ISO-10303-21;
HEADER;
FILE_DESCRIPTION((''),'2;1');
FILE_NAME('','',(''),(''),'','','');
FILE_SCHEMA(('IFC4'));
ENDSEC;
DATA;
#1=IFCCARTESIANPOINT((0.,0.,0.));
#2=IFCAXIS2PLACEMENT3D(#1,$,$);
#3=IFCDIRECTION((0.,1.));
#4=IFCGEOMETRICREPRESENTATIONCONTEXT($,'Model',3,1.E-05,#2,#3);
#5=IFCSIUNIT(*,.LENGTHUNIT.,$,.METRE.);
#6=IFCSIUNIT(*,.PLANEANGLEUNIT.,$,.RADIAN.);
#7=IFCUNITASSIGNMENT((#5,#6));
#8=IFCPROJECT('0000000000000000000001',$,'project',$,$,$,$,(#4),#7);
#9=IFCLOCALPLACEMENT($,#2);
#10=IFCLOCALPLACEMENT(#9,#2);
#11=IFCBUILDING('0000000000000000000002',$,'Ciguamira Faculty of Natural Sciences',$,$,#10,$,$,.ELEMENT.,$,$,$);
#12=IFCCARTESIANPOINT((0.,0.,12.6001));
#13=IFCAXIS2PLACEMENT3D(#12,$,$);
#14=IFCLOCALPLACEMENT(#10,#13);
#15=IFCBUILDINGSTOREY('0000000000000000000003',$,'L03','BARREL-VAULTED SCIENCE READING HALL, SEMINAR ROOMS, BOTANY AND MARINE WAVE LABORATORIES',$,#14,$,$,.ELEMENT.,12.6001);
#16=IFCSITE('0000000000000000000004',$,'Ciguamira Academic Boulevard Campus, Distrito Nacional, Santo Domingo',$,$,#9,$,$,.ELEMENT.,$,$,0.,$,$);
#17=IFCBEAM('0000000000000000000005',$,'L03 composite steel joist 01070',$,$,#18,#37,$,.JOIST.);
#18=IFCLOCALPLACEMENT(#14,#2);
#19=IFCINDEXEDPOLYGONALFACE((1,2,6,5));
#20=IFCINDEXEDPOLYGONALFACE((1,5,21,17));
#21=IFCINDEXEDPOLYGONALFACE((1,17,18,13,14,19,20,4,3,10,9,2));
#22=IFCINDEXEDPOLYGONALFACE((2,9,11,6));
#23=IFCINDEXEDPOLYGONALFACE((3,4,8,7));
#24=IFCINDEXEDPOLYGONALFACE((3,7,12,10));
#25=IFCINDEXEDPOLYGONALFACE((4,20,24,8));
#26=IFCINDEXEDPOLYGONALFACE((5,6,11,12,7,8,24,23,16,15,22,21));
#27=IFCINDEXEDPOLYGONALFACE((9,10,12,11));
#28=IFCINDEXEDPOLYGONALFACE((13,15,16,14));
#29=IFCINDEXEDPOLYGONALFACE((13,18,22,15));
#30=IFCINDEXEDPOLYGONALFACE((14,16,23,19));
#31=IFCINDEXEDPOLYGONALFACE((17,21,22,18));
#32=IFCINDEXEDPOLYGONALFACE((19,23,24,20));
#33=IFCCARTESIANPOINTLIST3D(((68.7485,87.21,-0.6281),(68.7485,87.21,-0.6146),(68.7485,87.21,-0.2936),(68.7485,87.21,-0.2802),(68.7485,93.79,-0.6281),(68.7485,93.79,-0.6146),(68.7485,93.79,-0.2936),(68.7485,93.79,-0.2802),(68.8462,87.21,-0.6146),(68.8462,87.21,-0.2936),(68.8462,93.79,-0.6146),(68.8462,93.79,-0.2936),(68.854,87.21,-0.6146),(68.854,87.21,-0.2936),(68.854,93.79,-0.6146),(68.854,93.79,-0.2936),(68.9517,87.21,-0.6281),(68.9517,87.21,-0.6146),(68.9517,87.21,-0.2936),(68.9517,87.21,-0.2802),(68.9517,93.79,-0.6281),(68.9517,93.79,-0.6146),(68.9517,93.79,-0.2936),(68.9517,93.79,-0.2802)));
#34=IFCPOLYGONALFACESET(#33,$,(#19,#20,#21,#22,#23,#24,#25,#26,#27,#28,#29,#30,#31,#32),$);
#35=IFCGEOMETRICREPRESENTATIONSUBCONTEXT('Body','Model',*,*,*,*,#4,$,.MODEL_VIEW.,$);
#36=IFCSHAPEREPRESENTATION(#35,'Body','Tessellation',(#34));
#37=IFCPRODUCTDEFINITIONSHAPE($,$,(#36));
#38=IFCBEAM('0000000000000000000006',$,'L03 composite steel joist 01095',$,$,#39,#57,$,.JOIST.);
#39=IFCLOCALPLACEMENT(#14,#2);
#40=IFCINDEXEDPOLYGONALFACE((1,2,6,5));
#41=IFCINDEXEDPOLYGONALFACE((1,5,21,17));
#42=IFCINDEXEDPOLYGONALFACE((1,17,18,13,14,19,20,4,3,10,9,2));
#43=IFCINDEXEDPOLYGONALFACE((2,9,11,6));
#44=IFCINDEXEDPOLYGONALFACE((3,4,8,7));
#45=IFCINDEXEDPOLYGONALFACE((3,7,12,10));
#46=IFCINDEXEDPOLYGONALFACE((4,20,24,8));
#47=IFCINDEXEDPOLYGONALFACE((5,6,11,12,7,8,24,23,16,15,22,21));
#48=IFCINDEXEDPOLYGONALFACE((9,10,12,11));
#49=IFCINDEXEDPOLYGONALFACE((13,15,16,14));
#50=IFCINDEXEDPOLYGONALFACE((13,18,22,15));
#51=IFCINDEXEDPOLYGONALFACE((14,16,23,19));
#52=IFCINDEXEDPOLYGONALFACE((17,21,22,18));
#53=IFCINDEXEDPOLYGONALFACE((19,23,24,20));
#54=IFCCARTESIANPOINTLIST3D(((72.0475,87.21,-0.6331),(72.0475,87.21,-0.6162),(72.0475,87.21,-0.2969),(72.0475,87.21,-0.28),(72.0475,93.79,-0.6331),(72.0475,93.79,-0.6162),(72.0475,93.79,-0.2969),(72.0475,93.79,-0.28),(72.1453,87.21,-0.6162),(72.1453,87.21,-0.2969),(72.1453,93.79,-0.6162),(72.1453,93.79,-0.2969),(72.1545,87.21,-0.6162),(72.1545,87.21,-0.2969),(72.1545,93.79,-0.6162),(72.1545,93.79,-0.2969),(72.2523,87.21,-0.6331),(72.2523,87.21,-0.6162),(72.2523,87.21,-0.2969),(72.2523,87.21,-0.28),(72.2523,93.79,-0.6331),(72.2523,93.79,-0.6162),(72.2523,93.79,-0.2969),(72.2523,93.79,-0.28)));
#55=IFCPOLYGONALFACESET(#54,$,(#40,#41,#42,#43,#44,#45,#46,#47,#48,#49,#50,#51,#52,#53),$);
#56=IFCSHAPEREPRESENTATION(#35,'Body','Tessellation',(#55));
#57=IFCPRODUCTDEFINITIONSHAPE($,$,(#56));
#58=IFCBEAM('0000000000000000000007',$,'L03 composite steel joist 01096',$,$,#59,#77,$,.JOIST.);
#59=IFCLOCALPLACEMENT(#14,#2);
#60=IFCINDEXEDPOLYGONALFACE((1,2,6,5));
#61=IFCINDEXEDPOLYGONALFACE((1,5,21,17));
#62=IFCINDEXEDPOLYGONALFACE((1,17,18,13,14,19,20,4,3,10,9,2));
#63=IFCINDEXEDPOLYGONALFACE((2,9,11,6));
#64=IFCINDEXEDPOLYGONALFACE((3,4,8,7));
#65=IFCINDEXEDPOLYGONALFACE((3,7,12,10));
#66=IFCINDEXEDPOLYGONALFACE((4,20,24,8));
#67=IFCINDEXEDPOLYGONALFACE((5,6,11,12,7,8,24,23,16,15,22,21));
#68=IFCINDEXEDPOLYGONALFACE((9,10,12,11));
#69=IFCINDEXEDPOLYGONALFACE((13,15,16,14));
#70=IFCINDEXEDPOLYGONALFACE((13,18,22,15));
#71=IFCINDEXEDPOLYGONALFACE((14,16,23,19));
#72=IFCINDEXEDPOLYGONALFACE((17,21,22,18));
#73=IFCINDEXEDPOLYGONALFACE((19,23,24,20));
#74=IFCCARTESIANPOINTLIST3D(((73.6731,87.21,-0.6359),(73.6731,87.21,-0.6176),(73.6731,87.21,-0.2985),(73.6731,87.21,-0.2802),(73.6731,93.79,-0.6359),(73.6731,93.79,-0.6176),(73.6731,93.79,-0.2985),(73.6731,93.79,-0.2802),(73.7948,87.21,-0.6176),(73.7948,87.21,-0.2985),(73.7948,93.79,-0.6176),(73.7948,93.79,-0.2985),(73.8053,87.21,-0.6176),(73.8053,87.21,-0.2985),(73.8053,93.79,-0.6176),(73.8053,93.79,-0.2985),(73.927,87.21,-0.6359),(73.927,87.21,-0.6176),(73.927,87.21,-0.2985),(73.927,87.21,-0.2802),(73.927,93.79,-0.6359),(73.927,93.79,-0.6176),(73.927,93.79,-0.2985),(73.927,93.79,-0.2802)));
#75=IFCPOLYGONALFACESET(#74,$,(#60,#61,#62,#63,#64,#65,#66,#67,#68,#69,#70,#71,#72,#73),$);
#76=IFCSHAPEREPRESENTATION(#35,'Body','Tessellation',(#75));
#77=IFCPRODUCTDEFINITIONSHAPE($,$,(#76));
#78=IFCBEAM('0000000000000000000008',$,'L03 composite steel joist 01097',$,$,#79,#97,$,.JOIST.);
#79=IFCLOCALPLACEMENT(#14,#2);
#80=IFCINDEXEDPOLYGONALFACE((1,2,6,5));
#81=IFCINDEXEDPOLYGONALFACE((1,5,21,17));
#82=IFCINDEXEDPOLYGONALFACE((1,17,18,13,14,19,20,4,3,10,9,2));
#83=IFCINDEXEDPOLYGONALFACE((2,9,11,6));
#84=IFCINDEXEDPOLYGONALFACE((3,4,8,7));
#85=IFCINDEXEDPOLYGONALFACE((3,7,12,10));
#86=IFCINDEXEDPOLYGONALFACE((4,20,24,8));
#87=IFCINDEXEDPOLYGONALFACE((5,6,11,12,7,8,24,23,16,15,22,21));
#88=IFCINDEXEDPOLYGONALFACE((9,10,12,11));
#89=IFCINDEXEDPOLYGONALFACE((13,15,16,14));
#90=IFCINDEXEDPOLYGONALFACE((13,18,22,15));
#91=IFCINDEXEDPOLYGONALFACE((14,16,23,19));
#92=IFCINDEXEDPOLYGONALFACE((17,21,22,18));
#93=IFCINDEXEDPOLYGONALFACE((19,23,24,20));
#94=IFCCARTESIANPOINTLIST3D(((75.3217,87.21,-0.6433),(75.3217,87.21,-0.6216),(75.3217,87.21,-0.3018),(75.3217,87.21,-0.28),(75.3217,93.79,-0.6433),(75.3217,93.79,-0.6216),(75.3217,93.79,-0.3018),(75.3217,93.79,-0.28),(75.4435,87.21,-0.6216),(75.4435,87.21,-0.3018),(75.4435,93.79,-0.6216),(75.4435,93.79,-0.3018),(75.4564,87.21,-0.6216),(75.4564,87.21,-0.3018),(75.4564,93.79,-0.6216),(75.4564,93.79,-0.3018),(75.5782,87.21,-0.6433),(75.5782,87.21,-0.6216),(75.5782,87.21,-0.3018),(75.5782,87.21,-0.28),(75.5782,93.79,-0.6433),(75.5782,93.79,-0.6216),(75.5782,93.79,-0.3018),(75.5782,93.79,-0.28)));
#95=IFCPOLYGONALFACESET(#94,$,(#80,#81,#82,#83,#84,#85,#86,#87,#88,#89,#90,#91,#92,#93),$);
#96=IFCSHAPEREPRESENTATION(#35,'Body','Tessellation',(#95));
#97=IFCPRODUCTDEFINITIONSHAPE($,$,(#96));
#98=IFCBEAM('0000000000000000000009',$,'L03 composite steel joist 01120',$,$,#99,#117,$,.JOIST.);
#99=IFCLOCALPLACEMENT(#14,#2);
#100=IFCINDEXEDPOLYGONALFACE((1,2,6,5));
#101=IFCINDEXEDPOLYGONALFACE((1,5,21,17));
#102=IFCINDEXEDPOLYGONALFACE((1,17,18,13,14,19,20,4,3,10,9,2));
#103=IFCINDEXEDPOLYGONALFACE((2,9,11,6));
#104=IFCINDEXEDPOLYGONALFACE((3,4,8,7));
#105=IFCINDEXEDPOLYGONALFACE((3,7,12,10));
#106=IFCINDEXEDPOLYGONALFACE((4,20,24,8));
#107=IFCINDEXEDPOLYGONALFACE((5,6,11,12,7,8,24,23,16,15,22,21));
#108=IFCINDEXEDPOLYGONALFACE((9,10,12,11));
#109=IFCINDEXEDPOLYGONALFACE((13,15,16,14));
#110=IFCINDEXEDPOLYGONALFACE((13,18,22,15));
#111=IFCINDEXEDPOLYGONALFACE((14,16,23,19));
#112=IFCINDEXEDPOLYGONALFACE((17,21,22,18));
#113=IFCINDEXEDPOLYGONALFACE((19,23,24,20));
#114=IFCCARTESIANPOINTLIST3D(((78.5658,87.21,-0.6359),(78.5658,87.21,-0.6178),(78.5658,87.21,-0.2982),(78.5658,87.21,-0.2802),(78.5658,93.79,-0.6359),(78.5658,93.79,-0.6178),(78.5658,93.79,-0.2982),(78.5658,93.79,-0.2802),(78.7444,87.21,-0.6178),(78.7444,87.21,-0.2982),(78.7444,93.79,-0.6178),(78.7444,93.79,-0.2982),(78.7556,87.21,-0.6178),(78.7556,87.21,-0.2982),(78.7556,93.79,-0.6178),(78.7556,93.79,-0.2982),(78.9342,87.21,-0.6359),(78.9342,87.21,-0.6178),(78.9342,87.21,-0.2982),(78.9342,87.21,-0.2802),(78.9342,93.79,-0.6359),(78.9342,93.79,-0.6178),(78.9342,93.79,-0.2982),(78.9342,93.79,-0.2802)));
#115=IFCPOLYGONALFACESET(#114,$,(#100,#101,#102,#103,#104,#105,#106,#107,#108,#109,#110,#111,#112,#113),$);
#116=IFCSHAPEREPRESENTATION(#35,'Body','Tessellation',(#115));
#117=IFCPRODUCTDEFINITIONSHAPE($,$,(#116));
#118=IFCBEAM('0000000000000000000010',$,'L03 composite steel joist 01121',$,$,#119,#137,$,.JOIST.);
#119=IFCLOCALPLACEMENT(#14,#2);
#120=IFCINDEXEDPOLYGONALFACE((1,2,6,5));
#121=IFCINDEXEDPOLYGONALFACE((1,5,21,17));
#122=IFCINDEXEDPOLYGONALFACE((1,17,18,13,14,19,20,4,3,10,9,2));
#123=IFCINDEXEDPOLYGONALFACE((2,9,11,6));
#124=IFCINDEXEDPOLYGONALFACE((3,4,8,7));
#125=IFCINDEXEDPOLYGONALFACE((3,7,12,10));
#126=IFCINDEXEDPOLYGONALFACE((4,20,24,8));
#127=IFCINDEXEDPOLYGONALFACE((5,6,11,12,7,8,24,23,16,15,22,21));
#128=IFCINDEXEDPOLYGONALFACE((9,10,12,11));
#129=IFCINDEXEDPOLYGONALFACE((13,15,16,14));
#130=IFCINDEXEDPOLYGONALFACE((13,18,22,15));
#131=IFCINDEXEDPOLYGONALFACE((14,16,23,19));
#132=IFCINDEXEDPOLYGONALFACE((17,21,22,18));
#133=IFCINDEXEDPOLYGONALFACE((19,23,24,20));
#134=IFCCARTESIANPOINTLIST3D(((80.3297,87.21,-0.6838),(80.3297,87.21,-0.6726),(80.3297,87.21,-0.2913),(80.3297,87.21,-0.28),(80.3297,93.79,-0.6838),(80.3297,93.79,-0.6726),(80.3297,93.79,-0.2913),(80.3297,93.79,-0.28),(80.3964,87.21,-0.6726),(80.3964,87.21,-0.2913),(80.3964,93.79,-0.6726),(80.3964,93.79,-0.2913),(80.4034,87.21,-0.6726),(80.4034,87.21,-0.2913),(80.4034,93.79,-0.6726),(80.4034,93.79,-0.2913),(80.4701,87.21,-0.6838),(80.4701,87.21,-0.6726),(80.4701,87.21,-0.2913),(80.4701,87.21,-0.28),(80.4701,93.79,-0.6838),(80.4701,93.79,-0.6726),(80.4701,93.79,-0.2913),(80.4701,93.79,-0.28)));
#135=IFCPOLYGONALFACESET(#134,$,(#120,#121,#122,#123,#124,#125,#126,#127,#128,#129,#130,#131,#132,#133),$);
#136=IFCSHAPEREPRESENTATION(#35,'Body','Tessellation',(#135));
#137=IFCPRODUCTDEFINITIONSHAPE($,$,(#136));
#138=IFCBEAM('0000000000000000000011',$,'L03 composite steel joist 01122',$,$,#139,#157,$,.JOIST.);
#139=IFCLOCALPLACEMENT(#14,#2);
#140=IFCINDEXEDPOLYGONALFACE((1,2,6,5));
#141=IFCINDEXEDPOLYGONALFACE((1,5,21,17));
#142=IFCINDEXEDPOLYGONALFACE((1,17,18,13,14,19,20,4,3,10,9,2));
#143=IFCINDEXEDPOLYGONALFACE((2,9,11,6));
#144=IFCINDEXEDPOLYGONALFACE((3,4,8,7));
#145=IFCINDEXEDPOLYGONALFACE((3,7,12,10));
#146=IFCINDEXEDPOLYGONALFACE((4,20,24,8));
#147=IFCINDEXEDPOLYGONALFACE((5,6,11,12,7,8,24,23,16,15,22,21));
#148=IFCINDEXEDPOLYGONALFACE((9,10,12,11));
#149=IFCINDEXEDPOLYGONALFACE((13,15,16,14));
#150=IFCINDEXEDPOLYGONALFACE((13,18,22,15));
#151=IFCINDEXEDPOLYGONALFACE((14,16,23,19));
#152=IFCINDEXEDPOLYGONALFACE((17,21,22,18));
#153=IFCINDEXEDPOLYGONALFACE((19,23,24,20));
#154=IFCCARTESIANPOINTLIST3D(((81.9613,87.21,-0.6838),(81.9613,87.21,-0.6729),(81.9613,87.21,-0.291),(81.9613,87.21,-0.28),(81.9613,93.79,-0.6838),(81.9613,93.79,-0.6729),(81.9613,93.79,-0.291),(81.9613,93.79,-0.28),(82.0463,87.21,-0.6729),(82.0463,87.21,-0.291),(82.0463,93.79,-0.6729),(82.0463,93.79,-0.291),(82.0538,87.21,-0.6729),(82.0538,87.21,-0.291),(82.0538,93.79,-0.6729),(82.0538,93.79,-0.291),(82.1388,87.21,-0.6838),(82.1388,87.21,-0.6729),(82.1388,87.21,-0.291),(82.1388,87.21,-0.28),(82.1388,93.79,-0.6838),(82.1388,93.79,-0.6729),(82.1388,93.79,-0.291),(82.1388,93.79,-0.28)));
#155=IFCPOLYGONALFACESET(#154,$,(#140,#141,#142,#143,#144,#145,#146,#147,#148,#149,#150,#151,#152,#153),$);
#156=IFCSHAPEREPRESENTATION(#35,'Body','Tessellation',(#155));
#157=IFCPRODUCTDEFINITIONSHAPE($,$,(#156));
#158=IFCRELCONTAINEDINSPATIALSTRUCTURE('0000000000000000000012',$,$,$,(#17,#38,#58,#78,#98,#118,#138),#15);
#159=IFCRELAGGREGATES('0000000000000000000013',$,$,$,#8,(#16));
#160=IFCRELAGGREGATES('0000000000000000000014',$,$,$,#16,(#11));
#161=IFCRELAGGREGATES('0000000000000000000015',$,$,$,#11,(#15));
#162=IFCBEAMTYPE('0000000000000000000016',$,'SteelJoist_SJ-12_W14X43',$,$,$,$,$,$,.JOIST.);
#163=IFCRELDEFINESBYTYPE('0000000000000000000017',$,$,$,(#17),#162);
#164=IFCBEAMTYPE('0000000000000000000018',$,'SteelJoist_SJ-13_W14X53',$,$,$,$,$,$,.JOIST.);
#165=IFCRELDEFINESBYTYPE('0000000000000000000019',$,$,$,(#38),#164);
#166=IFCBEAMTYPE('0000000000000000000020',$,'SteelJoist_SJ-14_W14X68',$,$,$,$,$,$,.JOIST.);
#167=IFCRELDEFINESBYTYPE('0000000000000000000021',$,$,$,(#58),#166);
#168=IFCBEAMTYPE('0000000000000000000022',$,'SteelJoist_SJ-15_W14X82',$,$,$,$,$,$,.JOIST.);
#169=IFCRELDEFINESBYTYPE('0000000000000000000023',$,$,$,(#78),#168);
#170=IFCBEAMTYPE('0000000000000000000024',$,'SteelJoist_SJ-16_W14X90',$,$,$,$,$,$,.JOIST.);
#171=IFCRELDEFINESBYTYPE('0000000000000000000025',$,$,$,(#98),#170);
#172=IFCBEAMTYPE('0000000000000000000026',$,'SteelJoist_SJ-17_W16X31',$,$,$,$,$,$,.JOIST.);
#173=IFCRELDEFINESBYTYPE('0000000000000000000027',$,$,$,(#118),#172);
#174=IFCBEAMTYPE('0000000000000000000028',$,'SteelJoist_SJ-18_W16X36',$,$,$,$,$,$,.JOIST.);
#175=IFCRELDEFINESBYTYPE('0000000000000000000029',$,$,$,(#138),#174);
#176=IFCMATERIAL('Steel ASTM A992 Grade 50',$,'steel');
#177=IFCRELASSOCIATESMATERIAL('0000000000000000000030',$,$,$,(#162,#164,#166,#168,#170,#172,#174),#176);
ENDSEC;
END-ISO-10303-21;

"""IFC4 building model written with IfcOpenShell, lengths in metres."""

from ifc_helpers import new_model, si_unit, direction, frame, origin, origin_2d, place, context, subcontext, project, spatial, i_section, extrude, material, material_profile, profile_set, type_object, element, save


model = new_model("IFC4")

# Units and contexts
model_context = context("Model", 3, precision=1e-05, world=origin(), true_north=direction((0.0, 1.0)))
body_context = subcontext(model_context, "Body", "Model", "MODEL_VIEW")
ifc_project = project(units=[si_unit("LENGTHUNIT", "METRE"), si_unit("PLANEANGLEUNIT", "RADIAN")], contexts=[model_context])

# Site, building, storey
site_placement = place(None, origin())
site = spatial("IfcSite", under=ifc_project, at=site_placement, Name="Ciguamira Academic Boulevard Campus, Distrito Nacional, Santo Domingo", CompositionType="ELEMENT", RefElevation=0.0)
building_placement = place(site_placement, origin())
building = spatial("IfcBuilding", under=site, at=building_placement, Name="Ciguamira Faculty of Natural Sciences", CompositionType="ELEMENT")
storey_placement = place(building_placement, frame((0.0, 0.0, 12.6001)))
storey = spatial("IfcBuildingStorey", under=building, at=storey_placement, Name="L03", Description="BARREL-VAULTED SCIENCE READING HALL, SEMINAR ROOMS, BOTANY AND MARINE WAVE LABORATORIES", CompositionType="ELEMENT", Elevation=12.6001)

# Beams
ifc_material_1 = material(Name="Steel ASTM A992 Grade 50", Category="steel")
ifc_material_profile_1 = material_profile(ifc_material_1, i_section(OverallWidth=0.2031, OverallDepth=0.3479, WebThickness=0.0078, FlangeThickness=0.0134, at=origin_2d()), Name="W14X43")
ifc_profile_set_1 = profile_set([ifc_material_profile_1], Name="Steel ASTM A992 Grade 50")
beam_type_1 = type_object("IfcBeamType", Name="SteelJoist_SJ-12_W14X43", PredefinedType="JOIST", material=ifc_profile_set_1)
beam_1_placement = place(storey_placement, frame((68.8501, 87.21, -0.4541), z_axis=(0.0, 1.0, 0.0), x_axis=(-1.0, 0.0, 0.0)))
element("IfcBeam", 1, at=beam_1_placement, inside=storey, type_object=beam_type_1, Name="L03 composite steel joist 01070", PredefinedType="JOIST", context=body_context, shape_type="SweptSolid", body=[
    extrude(i_section(OverallWidth=0.2031, OverallDepth=0.3479, WebThickness=0.0078, FlangeThickness=0.0134, at=origin_2d()), origin(), (0.0, 0.0, 1.0), 6.5801),
])
ifc_material_profile_2 = material_profile(ifc_material_1, i_section(OverallWidth=0.2048, OverallDepth=0.353, WebThickness=0.0093, FlangeThickness=0.0168, at=origin_2d()), Name="W14X53")
ifc_profile_set_2 = profile_set([ifc_material_profile_2], Name="Steel ASTM A992 Grade 50")
beam_type_2 = type_object("IfcBeamType", Name="SteelJoist_SJ-13_W14X53", PredefinedType="JOIST", material=ifc_profile_set_2)
beam_2_placement = place(storey_placement, frame((72.1499, 87.21, -0.4565), z_axis=(0.0, 1.0, 0.0), x_axis=(-1.0, 0.0, 0.0)))
element("IfcBeam", 2, at=beam_2_placement, inside=storey, type_object=beam_type_2, Name="L03 composite steel joist 01095", PredefinedType="JOIST", context=body_context, shape_type="SweptSolid", body=[
    extrude(i_section(OverallWidth=0.2048, OverallDepth=0.353, WebThickness=0.0093, FlangeThickness=0.0168, at=origin_2d()), origin(), (0.0, 0.0, 1.0), 6.5801),
])
ifc_material_profile_3 = material_profile(ifc_material_1, i_section(OverallWidth=0.2539, OverallDepth=0.3557, WebThickness=0.0105, FlangeThickness=0.0183, at=origin_2d()), Name="W14X68")
ifc_profile_set_3 = profile_set([ifc_material_profile_3], Name="Steel ASTM A992 Grade 50")
beam_type_3 = type_object("IfcBeamType", Name="SteelJoist_SJ-14_W14X68", PredefinedType="JOIST", material=ifc_profile_set_3)
beam_3_placement = place(storey_placement, frame((73.8, 87.21, -0.458), z_axis=(0.0, 1.0, 0.0), x_axis=(-1.0, 0.0, 0.0)))
element("IfcBeam", 3, at=beam_3_placement, inside=storey, type_object=beam_type_3, Name="L03 composite steel joist 01096", PredefinedType="JOIST", context=body_context, shape_type="SweptSolid", body=[
    extrude(i_section(OverallWidth=0.2539, OverallDepth=0.3557, WebThickness=0.0105, FlangeThickness=0.0183, at=origin_2d()), origin(), (0.0, 0.0, 1.0), 6.5801),
])
ifc_material_profile_4 = material_profile(ifc_material_1, i_section(OverallWidth=0.2566, OverallDepth=0.3633, WebThickness=0.0129, FlangeThickness=0.0217, at=origin_2d()), Name="W14X82")
ifc_profile_set_4 = profile_set([ifc_material_profile_4], Name="Steel ASTM A992 Grade 50")
beam_type_4 = type_object("IfcBeamType", Name="SteelJoist_SJ-15_W14X82", PredefinedType="JOIST", material=ifc_profile_set_4)
beam_4_placement = place(storey_placement, frame((75.45, 87.21, -0.4617), z_axis=(0.0, 1.0, 0.0), x_axis=(-1.0, 0.0, 0.0)))
element("IfcBeam", 4, at=beam_4_placement, inside=storey, type_object=beam_type_4, Name="L03 composite steel joist 01097", PredefinedType="JOIST", context=body_context, shape_type="SweptSolid", body=[
    extrude(i_section(OverallWidth=0.2566, OverallDepth=0.3633, WebThickness=0.0129, FlangeThickness=0.0217, at=origin_2d()), origin(), (0.0, 0.0, 1.0), 6.5801),
])
ifc_material_profile_5 = material_profile(ifc_material_1, i_section(OverallWidth=0.3684, OverallDepth=0.3557, WebThickness=0.0112, FlangeThickness=0.0181, at=origin_2d()), Name="W14X90")
ifc_profile_set_5 = profile_set([ifc_material_profile_5], Name="Steel ASTM A992 Grade 50")
beam_type_5 = type_object("IfcBeamType", Name="SteelJoist_SJ-16_W14X90", PredefinedType="JOIST", material=ifc_profile_set_5)
beam_5_placement = place(storey_placement, frame((78.75, 87.21, -0.458), z_axis=(0.0, 1.0, 0.0), x_axis=(-1.0, 0.0, 0.0)))
element("IfcBeam", 5, at=beam_5_placement, inside=storey, type_object=beam_type_5, Name="L03 composite steel joist 01120", PredefinedType="JOIST", context=body_context, shape_type="SweptSolid", body=[
    extrude(i_section(OverallWidth=0.3684, OverallDepth=0.3557, WebThickness=0.0112, FlangeThickness=0.0181, at=origin_2d()), origin(), (0.0, 0.0, 1.0), 6.5801),
])
ifc_material_profile_6 = material_profile(ifc_material_1, i_section(OverallWidth=0.1404, OverallDepth=0.4038, WebThickness=0.0071, FlangeThickness=0.0112, at=origin_2d()), Name="W16X31")
ifc_profile_set_6 = profile_set([ifc_material_profile_6], Name="Steel ASTM A992 Grade 50")
beam_type_6 = type_object("IfcBeamType", Name="SteelJoist_SJ-17_W16X31", PredefinedType="JOIST", material=ifc_profile_set_6)
beam_6_placement = place(storey_placement, frame((80.3999, 87.21, -0.4819), z_axis=(0.0, 1.0, 0.0), x_axis=(-1.0, 0.0, 0.0)))
element("IfcBeam", 6, at=beam_6_placement, inside=storey, type_object=beam_type_6, Name="L03 composite steel joist 01121", PredefinedType="JOIST", context=body_context, shape_type="SweptSolid", body=[
    extrude(i_section(OverallWidth=0.1404, OverallDepth=0.4038, WebThickness=0.0071, FlangeThickness=0.0112, at=origin_2d()), origin(), (0.0, 0.0, 1.0), 6.5801),
])
ifc_material_profile_7 = material_profile(ifc_material_1, i_section(OverallWidth=0.1775, OverallDepth=0.4038, WebThickness=0.0076, FlangeThickness=0.011, at=origin_2d()), Name="W16X36")
ifc_profile_set_7 = profile_set([ifc_material_profile_7], Name="Steel ASTM A992 Grade 50")
beam_type_7 = type_object("IfcBeamType", Name="SteelJoist_SJ-18_W16X36", PredefinedType="JOIST", material=ifc_profile_set_7)
beam_7_placement = place(storey_placement, frame((82.05, 87.21, -0.4819), z_axis=(0.0, 1.0, 0.0), x_axis=(-1.0, 0.0, 0.0)))
element("IfcBeam", 7, at=beam_7_placement, inside=storey, type_object=beam_type_7, Name="L03 composite steel joist 01122", PredefinedType="JOIST", context=body_context, shape_type="SweptSolid", body=[
    extrude(i_section(OverallWidth=0.1775, OverallDepth=0.4038, WebThickness=0.0076, FlangeThickness=0.011, at=origin_2d()), origin(), (0.0, 0.0, 1.0), 6.5801),
])

save(model, "model.ifc")
